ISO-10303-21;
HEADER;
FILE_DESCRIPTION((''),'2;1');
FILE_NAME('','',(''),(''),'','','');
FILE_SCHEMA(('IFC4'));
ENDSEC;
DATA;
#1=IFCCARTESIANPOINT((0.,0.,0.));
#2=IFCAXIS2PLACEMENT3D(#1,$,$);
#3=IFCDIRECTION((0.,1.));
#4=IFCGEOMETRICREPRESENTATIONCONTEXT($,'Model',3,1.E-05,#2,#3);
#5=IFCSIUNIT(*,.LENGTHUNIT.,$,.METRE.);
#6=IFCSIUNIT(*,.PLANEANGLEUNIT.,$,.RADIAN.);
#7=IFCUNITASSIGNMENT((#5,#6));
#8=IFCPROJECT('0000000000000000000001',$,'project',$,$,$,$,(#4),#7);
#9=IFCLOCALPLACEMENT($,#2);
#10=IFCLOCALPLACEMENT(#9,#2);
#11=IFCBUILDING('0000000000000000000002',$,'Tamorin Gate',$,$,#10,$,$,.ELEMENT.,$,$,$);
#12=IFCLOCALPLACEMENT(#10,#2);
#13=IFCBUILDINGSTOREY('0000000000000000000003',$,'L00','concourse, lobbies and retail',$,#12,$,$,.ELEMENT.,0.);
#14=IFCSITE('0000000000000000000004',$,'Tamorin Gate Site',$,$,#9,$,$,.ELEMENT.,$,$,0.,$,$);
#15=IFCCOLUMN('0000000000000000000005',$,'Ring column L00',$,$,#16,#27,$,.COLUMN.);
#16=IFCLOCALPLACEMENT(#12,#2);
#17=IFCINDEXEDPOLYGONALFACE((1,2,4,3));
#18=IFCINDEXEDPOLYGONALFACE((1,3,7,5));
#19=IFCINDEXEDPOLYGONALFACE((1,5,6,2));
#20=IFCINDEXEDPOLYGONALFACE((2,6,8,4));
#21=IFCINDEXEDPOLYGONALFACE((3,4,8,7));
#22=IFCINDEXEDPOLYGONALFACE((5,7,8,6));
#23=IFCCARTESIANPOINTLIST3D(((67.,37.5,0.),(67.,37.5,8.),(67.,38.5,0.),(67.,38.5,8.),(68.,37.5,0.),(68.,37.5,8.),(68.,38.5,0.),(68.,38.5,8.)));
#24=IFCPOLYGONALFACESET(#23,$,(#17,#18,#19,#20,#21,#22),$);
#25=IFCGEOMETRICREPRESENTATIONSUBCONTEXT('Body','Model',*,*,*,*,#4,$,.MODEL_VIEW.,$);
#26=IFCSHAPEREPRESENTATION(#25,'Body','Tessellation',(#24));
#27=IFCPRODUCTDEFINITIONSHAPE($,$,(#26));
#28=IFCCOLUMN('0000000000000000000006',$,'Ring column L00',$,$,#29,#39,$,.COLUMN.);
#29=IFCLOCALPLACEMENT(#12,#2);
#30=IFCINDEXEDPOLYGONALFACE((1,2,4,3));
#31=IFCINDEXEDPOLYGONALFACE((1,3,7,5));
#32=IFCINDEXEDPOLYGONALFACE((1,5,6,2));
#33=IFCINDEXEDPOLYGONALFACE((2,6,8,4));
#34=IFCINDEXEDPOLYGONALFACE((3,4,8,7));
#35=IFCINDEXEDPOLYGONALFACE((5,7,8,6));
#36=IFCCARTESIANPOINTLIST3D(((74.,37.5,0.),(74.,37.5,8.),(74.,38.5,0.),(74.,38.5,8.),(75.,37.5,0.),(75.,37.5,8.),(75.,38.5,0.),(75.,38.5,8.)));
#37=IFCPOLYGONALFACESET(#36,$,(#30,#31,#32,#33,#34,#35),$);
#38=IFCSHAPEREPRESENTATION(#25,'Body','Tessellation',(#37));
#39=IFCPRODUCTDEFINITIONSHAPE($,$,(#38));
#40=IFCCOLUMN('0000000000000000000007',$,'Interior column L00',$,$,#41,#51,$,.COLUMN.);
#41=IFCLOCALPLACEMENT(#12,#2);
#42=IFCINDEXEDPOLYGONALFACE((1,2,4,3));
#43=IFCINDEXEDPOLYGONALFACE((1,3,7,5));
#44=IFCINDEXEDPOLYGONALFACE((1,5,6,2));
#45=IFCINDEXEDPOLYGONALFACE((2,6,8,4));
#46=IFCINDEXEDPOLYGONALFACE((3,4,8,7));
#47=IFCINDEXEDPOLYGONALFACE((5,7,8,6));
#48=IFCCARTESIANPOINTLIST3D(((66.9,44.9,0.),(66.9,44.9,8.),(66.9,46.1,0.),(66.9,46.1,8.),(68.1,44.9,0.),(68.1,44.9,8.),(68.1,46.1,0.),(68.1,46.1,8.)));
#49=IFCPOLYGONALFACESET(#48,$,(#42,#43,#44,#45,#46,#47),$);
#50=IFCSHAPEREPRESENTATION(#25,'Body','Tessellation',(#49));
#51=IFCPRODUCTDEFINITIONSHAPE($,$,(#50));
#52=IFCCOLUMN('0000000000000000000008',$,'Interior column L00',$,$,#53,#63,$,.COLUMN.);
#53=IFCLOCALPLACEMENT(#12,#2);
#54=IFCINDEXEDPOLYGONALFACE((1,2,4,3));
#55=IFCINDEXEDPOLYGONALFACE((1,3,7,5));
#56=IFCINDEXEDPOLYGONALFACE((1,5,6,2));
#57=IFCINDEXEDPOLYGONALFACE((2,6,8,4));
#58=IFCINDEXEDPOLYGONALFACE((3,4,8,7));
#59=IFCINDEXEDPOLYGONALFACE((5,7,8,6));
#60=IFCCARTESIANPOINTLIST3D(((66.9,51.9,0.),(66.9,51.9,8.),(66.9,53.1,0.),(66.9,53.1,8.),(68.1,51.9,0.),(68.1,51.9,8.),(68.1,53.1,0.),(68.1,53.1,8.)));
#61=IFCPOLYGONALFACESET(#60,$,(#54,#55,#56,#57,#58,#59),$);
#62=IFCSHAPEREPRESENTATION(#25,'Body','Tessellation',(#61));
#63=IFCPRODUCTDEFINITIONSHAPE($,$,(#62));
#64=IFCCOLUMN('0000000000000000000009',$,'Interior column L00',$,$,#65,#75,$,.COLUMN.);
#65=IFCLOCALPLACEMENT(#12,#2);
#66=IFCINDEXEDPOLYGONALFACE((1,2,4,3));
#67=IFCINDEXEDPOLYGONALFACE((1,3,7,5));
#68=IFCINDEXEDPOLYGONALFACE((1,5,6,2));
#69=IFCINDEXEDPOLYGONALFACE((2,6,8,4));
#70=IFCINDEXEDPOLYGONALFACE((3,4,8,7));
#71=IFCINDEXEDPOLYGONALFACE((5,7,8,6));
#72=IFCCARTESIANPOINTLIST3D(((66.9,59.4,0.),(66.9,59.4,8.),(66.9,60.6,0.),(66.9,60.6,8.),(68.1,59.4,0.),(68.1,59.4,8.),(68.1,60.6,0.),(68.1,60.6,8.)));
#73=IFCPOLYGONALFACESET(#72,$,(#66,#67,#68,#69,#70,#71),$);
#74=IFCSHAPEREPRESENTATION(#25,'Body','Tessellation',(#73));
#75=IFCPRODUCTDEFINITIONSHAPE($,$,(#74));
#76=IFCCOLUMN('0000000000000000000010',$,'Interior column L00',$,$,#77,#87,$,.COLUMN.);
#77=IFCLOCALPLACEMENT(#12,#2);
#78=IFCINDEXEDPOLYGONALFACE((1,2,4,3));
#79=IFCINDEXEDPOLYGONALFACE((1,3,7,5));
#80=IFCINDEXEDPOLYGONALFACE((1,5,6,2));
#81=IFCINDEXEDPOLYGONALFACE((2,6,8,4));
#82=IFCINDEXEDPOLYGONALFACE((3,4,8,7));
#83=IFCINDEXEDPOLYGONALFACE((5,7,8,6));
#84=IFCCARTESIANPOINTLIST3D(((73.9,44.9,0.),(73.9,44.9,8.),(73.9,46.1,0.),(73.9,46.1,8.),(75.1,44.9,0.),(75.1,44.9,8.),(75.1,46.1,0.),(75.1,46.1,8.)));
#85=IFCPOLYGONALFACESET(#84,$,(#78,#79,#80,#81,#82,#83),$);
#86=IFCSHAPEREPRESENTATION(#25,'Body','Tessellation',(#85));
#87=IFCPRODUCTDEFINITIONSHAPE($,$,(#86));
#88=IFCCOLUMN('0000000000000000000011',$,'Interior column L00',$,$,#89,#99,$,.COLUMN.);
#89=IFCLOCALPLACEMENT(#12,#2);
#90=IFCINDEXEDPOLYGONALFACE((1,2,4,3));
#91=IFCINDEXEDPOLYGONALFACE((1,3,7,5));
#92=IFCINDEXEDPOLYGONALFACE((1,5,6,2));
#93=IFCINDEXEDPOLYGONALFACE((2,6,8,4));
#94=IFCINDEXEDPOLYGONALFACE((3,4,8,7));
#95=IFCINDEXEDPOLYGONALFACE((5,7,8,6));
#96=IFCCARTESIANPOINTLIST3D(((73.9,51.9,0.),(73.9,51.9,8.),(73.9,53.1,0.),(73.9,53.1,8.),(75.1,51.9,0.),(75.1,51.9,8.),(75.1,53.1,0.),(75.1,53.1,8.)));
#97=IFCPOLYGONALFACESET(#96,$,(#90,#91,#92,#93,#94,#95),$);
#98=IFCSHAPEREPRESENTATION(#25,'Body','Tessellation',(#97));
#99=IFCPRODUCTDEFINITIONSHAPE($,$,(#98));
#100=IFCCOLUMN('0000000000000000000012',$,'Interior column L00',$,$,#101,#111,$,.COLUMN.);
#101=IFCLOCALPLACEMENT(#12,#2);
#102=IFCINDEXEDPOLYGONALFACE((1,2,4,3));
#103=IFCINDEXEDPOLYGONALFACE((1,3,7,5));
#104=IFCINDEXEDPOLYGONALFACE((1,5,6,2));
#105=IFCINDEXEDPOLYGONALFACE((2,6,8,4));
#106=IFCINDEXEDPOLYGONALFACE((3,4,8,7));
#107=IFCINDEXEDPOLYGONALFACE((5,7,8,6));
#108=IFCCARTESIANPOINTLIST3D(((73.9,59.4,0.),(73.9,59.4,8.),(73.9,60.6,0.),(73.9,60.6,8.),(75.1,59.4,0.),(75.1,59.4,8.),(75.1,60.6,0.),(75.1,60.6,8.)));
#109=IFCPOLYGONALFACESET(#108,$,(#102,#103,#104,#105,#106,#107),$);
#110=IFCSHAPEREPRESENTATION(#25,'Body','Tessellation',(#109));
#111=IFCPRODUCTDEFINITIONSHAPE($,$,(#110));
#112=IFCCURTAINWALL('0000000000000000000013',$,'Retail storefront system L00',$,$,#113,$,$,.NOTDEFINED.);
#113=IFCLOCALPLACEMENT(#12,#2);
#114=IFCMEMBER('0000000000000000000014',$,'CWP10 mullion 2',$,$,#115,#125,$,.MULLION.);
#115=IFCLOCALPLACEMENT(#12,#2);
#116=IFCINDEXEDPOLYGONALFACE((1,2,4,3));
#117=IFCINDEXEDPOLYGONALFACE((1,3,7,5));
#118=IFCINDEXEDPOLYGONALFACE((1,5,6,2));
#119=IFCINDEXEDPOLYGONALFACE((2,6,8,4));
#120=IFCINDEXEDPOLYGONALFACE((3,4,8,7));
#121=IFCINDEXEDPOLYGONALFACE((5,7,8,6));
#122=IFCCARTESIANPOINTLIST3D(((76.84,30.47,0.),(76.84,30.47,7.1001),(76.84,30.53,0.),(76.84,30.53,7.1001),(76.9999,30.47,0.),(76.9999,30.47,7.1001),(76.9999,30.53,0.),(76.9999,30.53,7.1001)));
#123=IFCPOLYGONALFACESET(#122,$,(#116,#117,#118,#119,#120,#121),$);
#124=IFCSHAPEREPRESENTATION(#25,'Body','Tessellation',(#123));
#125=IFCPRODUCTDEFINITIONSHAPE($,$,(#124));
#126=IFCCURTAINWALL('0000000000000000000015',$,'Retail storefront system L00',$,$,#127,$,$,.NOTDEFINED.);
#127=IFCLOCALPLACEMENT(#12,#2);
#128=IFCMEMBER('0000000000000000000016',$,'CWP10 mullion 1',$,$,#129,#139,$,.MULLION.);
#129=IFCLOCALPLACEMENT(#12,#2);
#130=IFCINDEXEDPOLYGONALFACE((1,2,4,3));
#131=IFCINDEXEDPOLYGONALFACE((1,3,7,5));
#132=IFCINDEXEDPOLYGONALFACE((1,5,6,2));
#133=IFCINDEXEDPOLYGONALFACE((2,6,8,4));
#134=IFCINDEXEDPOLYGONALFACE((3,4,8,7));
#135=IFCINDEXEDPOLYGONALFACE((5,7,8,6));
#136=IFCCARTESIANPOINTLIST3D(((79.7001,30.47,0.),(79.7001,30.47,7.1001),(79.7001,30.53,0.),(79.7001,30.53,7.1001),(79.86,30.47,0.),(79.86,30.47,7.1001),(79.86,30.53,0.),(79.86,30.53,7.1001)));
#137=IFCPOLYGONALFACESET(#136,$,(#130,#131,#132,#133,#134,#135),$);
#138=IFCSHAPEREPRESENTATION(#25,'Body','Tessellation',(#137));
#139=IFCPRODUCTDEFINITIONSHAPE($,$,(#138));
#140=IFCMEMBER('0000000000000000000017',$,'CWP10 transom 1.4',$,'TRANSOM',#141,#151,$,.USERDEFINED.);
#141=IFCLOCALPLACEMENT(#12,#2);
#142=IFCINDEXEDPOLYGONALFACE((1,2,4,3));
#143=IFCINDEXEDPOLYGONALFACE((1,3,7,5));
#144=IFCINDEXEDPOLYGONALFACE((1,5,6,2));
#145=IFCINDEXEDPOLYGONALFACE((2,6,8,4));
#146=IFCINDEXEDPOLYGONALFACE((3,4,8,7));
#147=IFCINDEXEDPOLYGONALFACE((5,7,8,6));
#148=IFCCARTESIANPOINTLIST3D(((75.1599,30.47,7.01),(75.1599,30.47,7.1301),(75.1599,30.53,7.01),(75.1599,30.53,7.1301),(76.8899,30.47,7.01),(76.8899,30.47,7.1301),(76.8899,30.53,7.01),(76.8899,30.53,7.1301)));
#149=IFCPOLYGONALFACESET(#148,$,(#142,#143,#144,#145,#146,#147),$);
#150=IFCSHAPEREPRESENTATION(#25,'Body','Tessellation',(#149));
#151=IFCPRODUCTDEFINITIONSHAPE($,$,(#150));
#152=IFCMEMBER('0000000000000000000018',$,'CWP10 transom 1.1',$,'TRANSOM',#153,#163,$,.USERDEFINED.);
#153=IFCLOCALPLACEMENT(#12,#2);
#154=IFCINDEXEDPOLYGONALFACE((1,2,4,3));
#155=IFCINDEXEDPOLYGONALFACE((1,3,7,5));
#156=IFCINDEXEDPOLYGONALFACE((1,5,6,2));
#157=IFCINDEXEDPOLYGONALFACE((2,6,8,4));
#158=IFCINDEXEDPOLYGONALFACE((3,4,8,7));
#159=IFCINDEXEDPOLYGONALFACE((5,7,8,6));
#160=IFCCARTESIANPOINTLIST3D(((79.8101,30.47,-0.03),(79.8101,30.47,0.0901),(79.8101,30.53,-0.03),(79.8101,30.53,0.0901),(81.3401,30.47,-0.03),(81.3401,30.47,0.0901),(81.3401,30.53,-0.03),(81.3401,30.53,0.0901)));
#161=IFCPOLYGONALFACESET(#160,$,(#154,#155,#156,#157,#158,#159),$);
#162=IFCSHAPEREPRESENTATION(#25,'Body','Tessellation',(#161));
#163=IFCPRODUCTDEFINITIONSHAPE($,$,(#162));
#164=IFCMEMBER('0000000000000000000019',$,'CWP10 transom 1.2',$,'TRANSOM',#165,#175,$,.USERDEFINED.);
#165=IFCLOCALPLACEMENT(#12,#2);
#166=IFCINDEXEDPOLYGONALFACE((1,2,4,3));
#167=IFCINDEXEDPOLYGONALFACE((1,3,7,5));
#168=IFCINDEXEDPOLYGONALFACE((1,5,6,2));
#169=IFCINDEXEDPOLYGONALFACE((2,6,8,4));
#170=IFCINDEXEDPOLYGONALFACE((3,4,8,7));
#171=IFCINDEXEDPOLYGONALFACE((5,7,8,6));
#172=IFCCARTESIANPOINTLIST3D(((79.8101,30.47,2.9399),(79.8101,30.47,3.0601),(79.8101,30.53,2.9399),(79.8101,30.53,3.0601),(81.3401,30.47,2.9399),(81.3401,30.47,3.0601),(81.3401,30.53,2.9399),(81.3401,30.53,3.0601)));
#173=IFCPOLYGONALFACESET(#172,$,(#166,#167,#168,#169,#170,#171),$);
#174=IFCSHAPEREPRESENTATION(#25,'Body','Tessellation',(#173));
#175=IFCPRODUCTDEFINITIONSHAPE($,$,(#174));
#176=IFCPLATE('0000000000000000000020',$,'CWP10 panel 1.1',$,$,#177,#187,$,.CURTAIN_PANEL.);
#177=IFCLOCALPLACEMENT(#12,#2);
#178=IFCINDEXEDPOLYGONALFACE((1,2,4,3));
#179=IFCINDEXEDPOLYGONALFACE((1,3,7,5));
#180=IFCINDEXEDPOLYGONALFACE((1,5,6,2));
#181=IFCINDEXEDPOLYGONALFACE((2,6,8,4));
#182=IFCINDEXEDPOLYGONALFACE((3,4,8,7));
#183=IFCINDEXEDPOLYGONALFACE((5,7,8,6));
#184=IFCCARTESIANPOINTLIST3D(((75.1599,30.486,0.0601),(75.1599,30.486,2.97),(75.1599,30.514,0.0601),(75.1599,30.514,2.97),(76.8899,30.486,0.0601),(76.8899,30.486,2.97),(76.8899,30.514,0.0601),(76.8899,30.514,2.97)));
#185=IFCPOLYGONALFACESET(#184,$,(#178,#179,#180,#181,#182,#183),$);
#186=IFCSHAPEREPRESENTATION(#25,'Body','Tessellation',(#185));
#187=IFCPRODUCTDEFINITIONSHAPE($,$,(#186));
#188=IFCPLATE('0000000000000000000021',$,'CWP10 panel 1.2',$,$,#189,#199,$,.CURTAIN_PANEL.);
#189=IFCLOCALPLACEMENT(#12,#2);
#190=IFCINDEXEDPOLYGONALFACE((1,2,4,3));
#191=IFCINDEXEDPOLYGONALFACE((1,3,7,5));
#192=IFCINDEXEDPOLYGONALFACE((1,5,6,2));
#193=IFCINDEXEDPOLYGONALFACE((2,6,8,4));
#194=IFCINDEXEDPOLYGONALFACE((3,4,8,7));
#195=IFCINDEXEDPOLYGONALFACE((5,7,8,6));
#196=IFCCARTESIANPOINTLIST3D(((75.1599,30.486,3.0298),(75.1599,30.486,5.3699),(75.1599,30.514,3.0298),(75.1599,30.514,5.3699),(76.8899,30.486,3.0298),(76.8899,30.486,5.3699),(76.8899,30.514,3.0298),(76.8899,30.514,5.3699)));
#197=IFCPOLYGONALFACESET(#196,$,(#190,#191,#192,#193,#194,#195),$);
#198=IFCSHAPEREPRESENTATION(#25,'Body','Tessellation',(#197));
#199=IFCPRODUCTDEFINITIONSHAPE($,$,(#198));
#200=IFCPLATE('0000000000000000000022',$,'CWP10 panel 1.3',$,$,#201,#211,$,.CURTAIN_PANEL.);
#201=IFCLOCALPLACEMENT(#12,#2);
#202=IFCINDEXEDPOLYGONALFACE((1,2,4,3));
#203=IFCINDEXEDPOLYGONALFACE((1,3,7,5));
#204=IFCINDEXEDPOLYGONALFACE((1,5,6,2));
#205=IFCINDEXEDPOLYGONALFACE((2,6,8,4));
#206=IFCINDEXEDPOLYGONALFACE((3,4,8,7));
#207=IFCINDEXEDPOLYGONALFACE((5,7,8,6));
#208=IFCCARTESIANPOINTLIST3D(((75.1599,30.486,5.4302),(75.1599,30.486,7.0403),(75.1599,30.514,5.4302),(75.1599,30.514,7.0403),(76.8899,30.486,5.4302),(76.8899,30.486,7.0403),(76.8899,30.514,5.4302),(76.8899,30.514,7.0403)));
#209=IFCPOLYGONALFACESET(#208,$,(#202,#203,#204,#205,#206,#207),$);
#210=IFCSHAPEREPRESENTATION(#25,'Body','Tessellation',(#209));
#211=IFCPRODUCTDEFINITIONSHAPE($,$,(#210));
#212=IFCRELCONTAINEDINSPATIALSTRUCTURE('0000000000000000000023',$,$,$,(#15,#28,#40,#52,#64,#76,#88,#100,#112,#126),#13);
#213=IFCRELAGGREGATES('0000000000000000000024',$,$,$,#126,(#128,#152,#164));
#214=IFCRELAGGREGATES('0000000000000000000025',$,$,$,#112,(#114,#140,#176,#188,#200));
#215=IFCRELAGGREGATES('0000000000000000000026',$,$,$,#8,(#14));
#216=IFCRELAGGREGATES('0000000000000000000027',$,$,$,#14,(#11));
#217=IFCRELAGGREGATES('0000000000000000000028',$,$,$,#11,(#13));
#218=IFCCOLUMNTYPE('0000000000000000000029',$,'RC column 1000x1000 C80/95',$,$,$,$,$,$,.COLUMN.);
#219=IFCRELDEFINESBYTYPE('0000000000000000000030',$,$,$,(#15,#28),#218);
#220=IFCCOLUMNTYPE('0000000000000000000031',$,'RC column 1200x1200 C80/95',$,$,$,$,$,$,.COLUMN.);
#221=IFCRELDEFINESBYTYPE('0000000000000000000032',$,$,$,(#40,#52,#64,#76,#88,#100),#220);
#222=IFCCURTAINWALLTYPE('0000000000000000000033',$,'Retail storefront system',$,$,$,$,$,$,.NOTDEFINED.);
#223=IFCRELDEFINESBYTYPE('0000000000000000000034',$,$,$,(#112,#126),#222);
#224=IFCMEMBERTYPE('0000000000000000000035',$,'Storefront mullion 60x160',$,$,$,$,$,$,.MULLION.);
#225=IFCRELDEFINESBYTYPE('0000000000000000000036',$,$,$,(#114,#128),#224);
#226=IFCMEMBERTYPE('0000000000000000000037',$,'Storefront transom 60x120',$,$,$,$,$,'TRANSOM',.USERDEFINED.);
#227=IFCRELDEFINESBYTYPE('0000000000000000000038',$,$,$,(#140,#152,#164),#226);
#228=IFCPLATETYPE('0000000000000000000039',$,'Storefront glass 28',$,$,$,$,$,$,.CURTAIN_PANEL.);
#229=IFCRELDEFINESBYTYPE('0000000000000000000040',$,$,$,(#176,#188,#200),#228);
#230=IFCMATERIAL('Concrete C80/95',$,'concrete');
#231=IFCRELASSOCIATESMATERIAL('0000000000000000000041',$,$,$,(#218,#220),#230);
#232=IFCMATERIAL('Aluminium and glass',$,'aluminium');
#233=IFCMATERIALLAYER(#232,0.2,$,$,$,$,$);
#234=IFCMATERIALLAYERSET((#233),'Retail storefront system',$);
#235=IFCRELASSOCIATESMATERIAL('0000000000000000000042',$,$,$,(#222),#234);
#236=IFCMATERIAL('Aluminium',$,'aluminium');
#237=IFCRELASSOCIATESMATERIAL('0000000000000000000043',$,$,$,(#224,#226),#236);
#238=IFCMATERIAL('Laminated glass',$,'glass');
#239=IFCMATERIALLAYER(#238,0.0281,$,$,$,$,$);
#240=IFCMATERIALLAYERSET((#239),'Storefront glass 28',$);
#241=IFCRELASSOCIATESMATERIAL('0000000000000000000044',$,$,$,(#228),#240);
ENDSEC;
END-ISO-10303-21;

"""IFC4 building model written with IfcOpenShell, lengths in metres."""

from ifc_helpers import new_model, si_unit, direction, frame, origin, origin_2d, place, context, subcontext, project, spatial, rectangle, extrude, material, layer, layer_set, material_profile, profile_set, type_object, element, aggregate, save


model = new_model("IFC4")

# Units and contexts
model_context = context("Model", 3, precision=1e-05, world=origin(), true_north=direction((0.0, 1.0)))
body_context = subcontext(model_context, "Body", "Model", "MODEL_VIEW")
ifc_project = project(units=[si_unit("LENGTHUNIT", "METRE"), si_unit("PLANEANGLEUNIT", "RADIAN")], contexts=[model_context])

# Site, building, storey
site_placement = place(None, origin())
site = spatial("IfcSite", under=ifc_project, at=site_placement, Name="Tamorin Gate Site", CompositionType="ELEMENT", RefElevation=0.0)
building_placement = place(site_placement, origin())
building = spatial("IfcBuilding", under=site, at=building_placement, Name="Tamorin Gate", CompositionType="ELEMENT")
storey_placement = place(building_placement, origin())
storey = spatial("IfcBuildingStorey", under=building, at=storey_placement, Name="L00", Description="concourse, lobbies and retail", CompositionType="ELEMENT", Elevation=0.0)

# Columns
ifc_material_1 = material(Name="Concrete C80/95", Category="concrete")
ifc_material_profile_1 = material_profile(ifc_material_1, rectangle(XDim=1.0, YDim=1.0, at=origin_2d()), Name="RC 1000x1000")
ifc_profile_set_1 = profile_set([ifc_material_profile_1], Name="Concrete C80/95")
column_type_1 = type_object("IfcColumnType", Name="RC column 1000x1000 C80/95", PredefinedType="COLUMN", material=ifc_profile_set_1)
for number, where, z_axis, x_axis, name in (
    (1, (67.5, 38.0, 0.0), (0.0, 0.0, 1.0), (1.0, 0.0, 0.0), "Ring column L00"),
    (2, (74.5, 38.0, 0.0), (0.0, 0.0, 1.0), (1.0, 0.0, 0.0), "Ring column L00"),
):
    element("IfcColumn", number, at=place(storey_placement, frame(where, z_axis=z_axis, x_axis=x_axis)), inside=storey, type_object=column_type_1, Name=name, PredefinedType="COLUMN", context=body_context, shape_type="SweptSolid", body=[
        extrude(rectangle(XDim=1.0, YDim=1.0, at=origin_2d()), origin(), (0.0, 0.0, 1.0), 8.0),
    ])
ifc_material_profile_2 = material_profile(ifc_material_1, rectangle(XDim=1.2, YDim=1.2, at=origin_2d()), Name="RC 1200x1200")
ifc_profile_set_2 = profile_set([ifc_material_profile_2], Name="Concrete C80/95")
column_type_2 = type_object("IfcColumnType", Name="RC column 1200x1200 C80/95", PredefinedType="COLUMN", material=ifc_profile_set_2)
for number, where, z_axis, x_axis, name in (
    (3, (67.5, 45.5, 0.0), (0.0, 0.0, 1.0), (1.0, 0.0, 0.0), "Interior column L00"),
    (4, (67.5, 52.5, 0.0), (0.0, 0.0, 1.0), (1.0, 0.0, 0.0), "Interior column L00"),
    (5, (67.5, 60.0, 0.0), (0.0, 0.0, 1.0), (1.0, 0.0, 0.0), "Interior column L00"),
    (6, (74.5, 45.5, 0.0), (0.0, 0.0, 1.0), (1.0, 0.0, 0.0), "Interior column L00"),
    (7, (74.5, 52.5, 0.0), (0.0, 0.0, 1.0), (1.0, 0.0, 0.0), "Interior column L00"),
    (8, (74.5, 60.0, 0.0), (0.0, 0.0, 1.0), (1.0, 0.0, 0.0), "Interior column L00"),
):
    element("IfcColumn", number, at=place(storey_placement, frame(where, z_axis=z_axis, x_axis=x_axis)), inside=storey, type_object=column_type_2, Name=name, PredefinedType="COLUMN", context=body_context, shape_type="SweptSolid", body=[
        extrude(rectangle(XDim=1.2, YDim=1.2, at=origin_2d()), origin(), (0.0, 0.0, 1.0), 8.0),
    ])

# Curtain walls, members
ifc_material_2 = material(Name="Aluminium and glass", Category="aluminium")
ifc_layer_1 = layer(ifc_material_2, 0.2)
ifc_layer_set_1 = layer_set([ifc_layer_1], Name="Retail storefront system")
curtain_wall_type = type_object("IfcCurtainWallType", Name="Retail storefront system", PredefinedType="NOTDEFINED", material=ifc_layer_set_1)
curtain_wall_1_placement = place(storey_placement, origin())
curtain_wall_1 = element("IfcCurtainWall", 9, at=curtain_wall_1_placement, inside=storey, type_object=curtain_wall_type, Name="Retail storefront system L00", PredefinedType="NOTDEFINED")
ifc_material_3 = material(Name="Aluminium", Category="aluminium")
ifc_material_profile_3 = material_profile(ifc_material_3, rectangle(XDim=0.0601, YDim=0.1599, at=origin_2d()), Name="RECT 60x160")
ifc_profile_set_3 = profile_set([ifc_material_profile_3], Name="Aluminium")
member_type_1 = type_object("IfcMemberType", Name="Storefront mullion 60x160", PredefinedType="MULLION", material=ifc_profile_set_3)
member_1_placement = place(storey_placement, frame((76.9199, 30.5, 0.0), z_axis=(0.0, 0.0, 1.0), x_axis=(0.0, 1.0, 0.0)))
member_1 = element("IfcMember", 10, at=member_1_placement, type_object=member_type_1, Name="CWP10 mullion 2", PredefinedType="MULLION", context=body_context, shape_type="SweptSolid", body=[
    extrude(rectangle(XDim=0.0601, YDim=0.1599, at=origin_2d()), origin(), (0.0, 0.0, 1.0), 7.1001),
])
curtain_wall_2_placement = place(storey_placement, origin())
curtain_wall_2 = element("IfcCurtainWall", 11, at=curtain_wall_2_placement, inside=storey, type_object=curtain_wall_type, Name="Retail storefront system L00", PredefinedType="NOTDEFINED")
member_2_placement = place(storey_placement, frame((79.78, 30.5, 0.0), z_axis=(0.0, 0.0, 1.0), x_axis=(0.0, 1.0, 0.0)))
member_2 = element("IfcMember", 12, at=member_2_placement, type_object=member_type_1, Name="CWP10 mullion 1", PredefinedType="MULLION", context=body_context, shape_type="SweptSolid", body=[
    extrude(rectangle(XDim=0.0601, YDim=0.1599, at=origin_2d()), origin(), (0.0, 0.0, 1.0), 7.1001),
])

# Members
ifc_material_profile_4 = material_profile(ifc_material_3, rectangle(XDim=0.0601, YDim=0.1201, at=origin_2d()), Name="RECT 60x120")
ifc_profile_set_4 = profile_set([ifc_material_profile_4], Name="Aluminium")
member_type_2 = type_object("IfcMemberType", Name="Storefront transom 60x120", ElementType="TRANSOM", PredefinedType="USERDEFINED", material=ifc_profile_set_4)
member_3_placement = place(storey_placement, frame((75.1599, 30.5, 7.0701), z_axis=(1.0, 0.0, 0.0), x_axis=(0.0, 1.0, 0.0)))
member_3 = element("IfcMember", 13, at=member_3_placement, type_object=member_type_2, Name="CWP10 transom 1.4", ObjectType="TRANSOM", PredefinedType="USERDEFINED", context=body_context, shape_type="SweptSolid", body=[
    extrude(rectangle(XDim=0.0601, YDim=0.1201, at=origin_2d()), origin(), (0.0, 0.0, 1.0), 1.73),
])
member_4_placement = place(storey_placement, frame((79.8101, 30.5, 0.03), z_axis=(1.0, 0.0, 0.0), x_axis=(0.0, 1.0, 0.0)))
member_4 = element("IfcMember", 14, at=member_4_placement, type_object=member_type_2, Name="CWP10 transom 1.1", ObjectType="TRANSOM", PredefinedType="USERDEFINED", context=body_context, shape_type="SweptSolid", body=[
    extrude(rectangle(XDim=0.0601, YDim=0.1201, at=origin_2d()), origin(), (0.0, 0.0, 1.0), 1.53),
])
member_5_placement = place(storey_placement, frame((79.8101, 30.5, 3.0), z_axis=(1.0, 0.0, 0.0), x_axis=(0.0, 1.0, 0.0)))
member_5 = element("IfcMember", 15, at=member_5_placement, type_object=member_type_2, Name="CWP10 transom 1.2", ObjectType="TRANSOM", PredefinedType="USERDEFINED", context=body_context, shape_type="SweptSolid", body=[
    extrude(rectangle(XDim=0.0601, YDim=0.1201, at=origin_2d()), origin(), (0.0, 0.0, 1.0), 1.53),
])
aggregate(curtain_wall_2, [member_2, member_4, member_5])

# Plates
ifc_material_4 = material(Name="Laminated glass", Category="glass")
ifc_layer_2 = layer(ifc_material_4, 0.0281)
ifc_layer_set_2 = layer_set([ifc_layer_2], Name="Storefront glass 28")
plate_type = type_object("IfcPlateType", Name="Storefront glass 28", PredefinedType="CURTAIN_PANEL", material=ifc_layer_set_2)
plate_1_placement = place(storey_placement, frame((76.0249, 30.5, 0.0601), z_axis=(0.0, 0.0, 1.0), x_axis=(1.0, 0.0, 0.0)))
plate_1 = element("IfcPlate", 16, at=plate_1_placement, type_object=plate_type, Name="CWP10 panel 1.1", PredefinedType="CURTAIN_PANEL", context=body_context, shape_type="SweptSolid", body=[
    extrude(rectangle(XDim=1.73, YDim=0.0281, at=origin_2d()), origin(), (0.0, 0.0, 1.0), 2.9099),
])
plate_2_placement = place(storey_placement, frame((76.0249, 30.5, 3.0298), z_axis=(0.0, 0.0, 1.0), x_axis=(1.0, 0.0, 0.0)))
plate_2 = element("IfcPlate", 17, at=plate_2_placement, type_object=plate_type, Name="CWP10 panel 1.2", PredefinedType="CURTAIN_PANEL", context=body_context, shape_type="SweptSolid", body=[
    extrude(rectangle(XDim=1.73, YDim=0.0281, at=origin_2d()), origin(), (0.0, 0.0, 1.0), 2.3401),
])
plate_3_placement = place(storey_placement, frame((76.0249, 30.5, 5.4302), z_axis=(0.0, 0.0, 1.0), x_axis=(1.0, 0.0, 0.0)))
plate_3 = element("IfcPlate", 18, at=plate_3_placement, type_object=plate_type, Name="CWP10 panel 1.3", PredefinedType="CURTAIN_PANEL", context=body_context, shape_type="SweptSolid", body=[
    extrude(rectangle(XDim=1.73, YDim=0.0281, at=origin_2d()), origin(), (0.0, 0.0, 1.0), 1.6101),
])
aggregate(curtain_wall_1, [member_1, member_3, plate_1, plate_2, plate_3])

save(model, "model.ifc")
